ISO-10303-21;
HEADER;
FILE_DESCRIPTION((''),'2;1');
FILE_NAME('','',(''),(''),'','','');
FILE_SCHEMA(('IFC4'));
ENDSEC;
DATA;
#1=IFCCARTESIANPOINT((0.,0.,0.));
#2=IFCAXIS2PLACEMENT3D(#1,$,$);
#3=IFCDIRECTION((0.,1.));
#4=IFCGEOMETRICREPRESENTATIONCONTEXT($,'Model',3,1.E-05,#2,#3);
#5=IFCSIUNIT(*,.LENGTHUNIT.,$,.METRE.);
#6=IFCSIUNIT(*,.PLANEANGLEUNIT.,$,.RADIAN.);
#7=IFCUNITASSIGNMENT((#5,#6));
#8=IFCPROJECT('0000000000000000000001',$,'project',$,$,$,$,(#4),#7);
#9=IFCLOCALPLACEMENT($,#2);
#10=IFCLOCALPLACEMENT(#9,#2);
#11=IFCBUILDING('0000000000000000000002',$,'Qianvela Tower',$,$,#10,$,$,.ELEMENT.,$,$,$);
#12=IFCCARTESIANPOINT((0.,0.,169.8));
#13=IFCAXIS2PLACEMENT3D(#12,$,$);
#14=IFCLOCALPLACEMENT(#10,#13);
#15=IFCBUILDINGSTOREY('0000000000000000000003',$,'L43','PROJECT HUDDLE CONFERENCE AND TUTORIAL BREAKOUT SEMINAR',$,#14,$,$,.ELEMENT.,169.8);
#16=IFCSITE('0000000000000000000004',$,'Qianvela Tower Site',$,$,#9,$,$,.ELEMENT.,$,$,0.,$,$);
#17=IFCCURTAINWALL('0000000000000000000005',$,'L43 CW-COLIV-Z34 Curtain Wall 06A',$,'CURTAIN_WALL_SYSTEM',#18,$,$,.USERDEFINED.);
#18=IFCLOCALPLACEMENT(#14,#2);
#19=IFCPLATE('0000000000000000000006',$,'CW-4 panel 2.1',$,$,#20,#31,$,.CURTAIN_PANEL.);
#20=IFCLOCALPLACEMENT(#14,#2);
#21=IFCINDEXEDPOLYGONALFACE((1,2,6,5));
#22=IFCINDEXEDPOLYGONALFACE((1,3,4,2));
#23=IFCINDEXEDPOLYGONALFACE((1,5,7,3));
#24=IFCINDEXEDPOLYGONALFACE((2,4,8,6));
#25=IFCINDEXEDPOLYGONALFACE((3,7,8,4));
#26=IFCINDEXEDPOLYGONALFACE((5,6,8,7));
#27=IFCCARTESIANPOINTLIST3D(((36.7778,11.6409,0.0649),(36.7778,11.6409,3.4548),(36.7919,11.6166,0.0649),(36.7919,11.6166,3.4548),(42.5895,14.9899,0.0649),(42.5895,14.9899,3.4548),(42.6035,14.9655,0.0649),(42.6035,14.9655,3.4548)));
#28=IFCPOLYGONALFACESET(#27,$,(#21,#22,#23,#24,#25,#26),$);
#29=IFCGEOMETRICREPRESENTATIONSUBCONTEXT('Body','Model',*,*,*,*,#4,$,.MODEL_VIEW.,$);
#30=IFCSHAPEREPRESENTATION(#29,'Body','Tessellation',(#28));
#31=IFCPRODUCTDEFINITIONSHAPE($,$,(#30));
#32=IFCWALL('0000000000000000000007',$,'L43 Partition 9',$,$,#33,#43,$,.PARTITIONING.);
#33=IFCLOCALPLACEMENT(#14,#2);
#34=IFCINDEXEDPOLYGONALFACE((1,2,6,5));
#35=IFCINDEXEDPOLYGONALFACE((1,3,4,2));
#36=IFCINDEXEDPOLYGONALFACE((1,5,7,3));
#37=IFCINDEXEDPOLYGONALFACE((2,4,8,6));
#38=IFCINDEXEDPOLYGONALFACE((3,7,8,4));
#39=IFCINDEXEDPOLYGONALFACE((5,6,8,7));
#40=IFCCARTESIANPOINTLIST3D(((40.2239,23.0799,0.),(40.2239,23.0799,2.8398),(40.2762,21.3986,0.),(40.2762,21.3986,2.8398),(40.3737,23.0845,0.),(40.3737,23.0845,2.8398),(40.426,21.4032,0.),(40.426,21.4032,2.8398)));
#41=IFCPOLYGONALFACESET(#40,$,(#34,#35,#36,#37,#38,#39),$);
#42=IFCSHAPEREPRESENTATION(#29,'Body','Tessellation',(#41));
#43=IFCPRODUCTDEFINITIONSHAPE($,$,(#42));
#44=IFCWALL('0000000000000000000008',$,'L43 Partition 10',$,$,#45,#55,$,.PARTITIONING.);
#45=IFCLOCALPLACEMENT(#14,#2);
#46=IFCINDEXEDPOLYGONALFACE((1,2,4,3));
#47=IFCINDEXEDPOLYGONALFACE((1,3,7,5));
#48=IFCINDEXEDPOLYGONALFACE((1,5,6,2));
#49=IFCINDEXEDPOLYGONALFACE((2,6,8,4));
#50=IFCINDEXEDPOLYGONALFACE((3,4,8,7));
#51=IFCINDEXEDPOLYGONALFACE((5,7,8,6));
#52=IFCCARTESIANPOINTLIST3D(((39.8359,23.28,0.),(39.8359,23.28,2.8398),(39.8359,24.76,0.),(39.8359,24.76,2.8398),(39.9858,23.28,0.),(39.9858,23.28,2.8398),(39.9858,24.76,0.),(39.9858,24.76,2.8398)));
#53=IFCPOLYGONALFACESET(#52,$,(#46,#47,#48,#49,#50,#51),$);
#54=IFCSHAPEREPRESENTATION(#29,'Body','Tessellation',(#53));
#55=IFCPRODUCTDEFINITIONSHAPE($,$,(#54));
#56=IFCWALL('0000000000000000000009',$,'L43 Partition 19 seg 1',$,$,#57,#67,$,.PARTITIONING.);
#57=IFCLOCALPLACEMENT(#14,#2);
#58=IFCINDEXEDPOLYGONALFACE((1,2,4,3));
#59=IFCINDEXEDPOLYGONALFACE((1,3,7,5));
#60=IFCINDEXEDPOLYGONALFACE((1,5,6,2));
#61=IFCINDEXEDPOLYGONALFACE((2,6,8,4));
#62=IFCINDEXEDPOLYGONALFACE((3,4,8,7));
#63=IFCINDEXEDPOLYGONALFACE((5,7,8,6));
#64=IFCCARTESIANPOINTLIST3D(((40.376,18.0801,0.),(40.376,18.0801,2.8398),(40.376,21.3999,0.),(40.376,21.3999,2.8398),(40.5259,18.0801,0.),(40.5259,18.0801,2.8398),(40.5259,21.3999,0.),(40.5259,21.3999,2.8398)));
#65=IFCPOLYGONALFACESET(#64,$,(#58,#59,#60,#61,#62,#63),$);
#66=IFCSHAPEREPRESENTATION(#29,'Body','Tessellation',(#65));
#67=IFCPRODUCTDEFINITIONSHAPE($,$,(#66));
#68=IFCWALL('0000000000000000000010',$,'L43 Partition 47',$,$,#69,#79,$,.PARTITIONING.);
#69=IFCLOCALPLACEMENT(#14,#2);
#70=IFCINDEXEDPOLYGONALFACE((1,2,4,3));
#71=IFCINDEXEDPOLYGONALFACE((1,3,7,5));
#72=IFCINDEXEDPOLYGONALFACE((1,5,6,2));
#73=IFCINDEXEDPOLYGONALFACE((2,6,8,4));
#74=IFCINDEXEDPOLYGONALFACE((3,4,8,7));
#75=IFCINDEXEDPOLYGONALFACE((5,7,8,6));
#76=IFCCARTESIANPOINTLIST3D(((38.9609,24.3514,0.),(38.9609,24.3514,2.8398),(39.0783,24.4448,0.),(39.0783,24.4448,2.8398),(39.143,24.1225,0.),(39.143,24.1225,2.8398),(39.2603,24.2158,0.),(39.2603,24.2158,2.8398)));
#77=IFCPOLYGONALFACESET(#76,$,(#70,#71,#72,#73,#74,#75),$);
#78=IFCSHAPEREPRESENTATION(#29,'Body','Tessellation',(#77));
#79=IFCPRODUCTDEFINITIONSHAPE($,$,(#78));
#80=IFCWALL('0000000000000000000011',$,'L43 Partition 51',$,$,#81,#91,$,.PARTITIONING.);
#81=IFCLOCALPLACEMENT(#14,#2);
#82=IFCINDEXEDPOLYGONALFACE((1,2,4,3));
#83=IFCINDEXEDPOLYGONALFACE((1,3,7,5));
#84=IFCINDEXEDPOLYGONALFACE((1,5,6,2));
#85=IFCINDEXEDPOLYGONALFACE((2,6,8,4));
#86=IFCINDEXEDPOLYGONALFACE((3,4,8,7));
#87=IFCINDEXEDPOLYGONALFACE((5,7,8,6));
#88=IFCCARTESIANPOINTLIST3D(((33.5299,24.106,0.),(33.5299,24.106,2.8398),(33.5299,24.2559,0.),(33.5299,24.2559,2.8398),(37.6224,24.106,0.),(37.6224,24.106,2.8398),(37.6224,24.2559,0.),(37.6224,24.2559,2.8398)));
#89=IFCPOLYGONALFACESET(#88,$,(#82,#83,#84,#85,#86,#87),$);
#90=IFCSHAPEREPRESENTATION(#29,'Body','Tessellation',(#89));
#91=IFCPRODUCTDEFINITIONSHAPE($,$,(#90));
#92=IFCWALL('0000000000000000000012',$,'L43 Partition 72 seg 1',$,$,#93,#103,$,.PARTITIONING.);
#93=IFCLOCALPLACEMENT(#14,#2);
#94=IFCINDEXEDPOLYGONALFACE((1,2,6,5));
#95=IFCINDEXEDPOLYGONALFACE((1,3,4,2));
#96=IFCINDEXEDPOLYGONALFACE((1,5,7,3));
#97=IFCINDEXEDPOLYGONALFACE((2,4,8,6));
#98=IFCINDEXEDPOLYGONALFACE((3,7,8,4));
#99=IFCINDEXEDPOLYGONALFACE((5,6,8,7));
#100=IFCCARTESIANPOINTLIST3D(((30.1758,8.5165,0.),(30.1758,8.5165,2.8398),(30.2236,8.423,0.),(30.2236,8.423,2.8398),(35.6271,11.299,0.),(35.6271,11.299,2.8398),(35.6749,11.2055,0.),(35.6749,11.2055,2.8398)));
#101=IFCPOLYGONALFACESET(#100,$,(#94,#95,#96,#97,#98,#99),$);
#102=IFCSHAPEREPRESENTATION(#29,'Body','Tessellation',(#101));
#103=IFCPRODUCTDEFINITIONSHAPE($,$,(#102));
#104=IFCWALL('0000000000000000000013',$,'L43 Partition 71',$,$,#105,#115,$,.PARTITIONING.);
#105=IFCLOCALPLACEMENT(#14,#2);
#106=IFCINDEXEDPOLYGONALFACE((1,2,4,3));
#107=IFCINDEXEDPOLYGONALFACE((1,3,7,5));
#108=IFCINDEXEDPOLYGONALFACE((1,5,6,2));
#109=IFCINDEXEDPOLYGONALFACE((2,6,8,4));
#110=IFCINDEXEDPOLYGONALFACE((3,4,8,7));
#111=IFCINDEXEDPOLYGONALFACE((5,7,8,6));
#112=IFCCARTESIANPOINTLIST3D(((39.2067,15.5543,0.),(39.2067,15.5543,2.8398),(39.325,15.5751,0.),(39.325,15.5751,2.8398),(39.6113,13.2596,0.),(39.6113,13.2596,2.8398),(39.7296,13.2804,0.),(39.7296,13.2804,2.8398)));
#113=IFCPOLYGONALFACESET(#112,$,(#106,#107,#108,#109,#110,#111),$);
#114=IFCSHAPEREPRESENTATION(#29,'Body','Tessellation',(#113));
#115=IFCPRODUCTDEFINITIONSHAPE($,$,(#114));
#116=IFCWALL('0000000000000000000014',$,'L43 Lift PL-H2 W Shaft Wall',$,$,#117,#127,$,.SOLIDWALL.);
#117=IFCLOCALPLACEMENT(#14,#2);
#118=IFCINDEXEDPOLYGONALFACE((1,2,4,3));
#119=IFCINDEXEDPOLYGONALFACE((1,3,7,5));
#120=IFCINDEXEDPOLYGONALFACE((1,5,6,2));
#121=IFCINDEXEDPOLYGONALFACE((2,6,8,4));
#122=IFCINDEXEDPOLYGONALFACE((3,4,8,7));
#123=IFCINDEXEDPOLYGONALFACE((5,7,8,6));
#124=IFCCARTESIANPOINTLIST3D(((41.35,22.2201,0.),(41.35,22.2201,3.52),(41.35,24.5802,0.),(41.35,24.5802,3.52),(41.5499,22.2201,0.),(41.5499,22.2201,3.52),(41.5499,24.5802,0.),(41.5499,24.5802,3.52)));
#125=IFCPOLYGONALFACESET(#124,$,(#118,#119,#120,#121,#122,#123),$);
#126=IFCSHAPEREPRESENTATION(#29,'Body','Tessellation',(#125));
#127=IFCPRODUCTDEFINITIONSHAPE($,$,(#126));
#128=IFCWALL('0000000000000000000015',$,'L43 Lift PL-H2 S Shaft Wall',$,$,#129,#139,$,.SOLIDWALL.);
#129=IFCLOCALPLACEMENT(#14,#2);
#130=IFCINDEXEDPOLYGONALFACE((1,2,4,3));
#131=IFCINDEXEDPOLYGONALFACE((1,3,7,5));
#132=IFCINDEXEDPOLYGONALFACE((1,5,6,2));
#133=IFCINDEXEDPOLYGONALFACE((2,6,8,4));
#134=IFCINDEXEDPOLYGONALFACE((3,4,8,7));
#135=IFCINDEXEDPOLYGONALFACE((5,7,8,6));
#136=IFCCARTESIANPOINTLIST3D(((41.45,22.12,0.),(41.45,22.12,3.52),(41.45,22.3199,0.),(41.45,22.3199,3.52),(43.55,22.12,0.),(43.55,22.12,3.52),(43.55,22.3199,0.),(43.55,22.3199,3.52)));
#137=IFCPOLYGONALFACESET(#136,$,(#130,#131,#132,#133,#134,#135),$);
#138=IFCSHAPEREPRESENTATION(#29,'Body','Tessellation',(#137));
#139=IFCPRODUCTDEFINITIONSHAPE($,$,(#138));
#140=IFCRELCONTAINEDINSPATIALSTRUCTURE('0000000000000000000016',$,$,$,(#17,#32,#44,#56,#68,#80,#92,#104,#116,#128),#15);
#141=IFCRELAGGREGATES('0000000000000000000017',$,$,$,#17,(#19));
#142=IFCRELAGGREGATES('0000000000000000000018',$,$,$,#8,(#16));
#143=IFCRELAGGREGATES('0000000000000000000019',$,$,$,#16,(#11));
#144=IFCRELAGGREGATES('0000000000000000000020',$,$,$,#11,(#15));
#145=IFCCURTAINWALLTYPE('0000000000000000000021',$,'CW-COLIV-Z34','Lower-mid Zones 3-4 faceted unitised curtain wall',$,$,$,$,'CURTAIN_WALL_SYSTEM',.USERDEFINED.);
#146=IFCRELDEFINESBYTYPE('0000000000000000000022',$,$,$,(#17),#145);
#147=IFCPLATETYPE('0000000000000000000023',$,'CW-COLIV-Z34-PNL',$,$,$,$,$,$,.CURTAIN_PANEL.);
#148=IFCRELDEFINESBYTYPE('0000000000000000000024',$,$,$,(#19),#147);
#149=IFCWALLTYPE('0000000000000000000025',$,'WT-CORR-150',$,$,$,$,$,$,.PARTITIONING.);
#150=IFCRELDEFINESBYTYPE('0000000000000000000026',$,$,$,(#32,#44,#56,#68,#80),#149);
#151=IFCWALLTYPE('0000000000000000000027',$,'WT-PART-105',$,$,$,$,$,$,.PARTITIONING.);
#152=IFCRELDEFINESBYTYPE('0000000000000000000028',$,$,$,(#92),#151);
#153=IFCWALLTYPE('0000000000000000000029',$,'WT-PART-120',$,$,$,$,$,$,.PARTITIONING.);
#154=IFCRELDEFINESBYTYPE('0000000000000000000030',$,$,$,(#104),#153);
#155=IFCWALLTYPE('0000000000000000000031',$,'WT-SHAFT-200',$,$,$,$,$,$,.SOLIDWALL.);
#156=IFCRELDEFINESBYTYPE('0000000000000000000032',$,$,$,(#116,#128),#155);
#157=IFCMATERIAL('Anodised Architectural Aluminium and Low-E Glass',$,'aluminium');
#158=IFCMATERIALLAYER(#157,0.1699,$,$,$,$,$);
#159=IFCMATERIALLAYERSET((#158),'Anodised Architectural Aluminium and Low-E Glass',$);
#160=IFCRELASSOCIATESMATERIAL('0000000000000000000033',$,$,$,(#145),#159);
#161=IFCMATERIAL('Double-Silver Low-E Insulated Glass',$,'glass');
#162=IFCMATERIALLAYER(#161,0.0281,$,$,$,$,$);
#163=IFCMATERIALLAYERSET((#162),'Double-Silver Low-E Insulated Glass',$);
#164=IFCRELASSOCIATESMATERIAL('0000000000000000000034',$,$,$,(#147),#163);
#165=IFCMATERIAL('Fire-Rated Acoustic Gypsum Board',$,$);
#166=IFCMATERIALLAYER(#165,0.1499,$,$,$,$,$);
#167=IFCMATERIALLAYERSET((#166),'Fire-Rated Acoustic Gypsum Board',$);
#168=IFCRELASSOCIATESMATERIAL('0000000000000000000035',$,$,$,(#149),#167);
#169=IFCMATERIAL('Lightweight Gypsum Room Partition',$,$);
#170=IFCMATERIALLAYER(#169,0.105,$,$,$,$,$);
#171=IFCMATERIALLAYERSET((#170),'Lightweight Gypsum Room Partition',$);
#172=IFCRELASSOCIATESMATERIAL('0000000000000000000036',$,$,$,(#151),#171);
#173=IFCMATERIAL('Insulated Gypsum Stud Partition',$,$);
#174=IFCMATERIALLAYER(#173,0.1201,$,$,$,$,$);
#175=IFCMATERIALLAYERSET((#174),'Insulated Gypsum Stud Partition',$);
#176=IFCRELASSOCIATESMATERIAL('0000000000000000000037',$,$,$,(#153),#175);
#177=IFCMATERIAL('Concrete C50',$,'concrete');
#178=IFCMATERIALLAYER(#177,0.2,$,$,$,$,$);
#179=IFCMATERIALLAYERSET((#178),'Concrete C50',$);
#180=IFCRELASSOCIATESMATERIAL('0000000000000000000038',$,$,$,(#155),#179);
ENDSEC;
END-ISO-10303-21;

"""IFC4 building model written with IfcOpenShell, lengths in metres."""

from ifc_helpers import new_model, si_unit, direction, frame, frame_2d, origin, origin_2d, place, context, subcontext, project, spatial, rectangle, extrude, material, layer, layer_set, type_object, element, aggregate, save


model = new_model("IFC4")

# Units and contexts
model_context = context("Model", 3, precision=1e-05, world=origin(), true_north=direction((0.0, 1.0)))
body_context = subcontext(model_context, "Body", "Model", "MODEL_VIEW")
ifc_project = project(units=[si_unit("LENGTHUNIT", "METRE"), si_unit("PLANEANGLEUNIT", "RADIAN")], contexts=[model_context])

# Site, building, storey
site_placement = place(None, origin())
site = spatial("IfcSite", under=ifc_project, at=site_placement, Name="Qianvela Tower Site", CompositionType="ELEMENT", RefElevation=0.0)
building_placement = place(site_placement, origin())
building = spatial("IfcBuilding", under=site, at=building_placement, Name="Qianvela Tower", CompositionType="ELEMENT")
storey_placement = place(building_placement, frame((0.0, 0.0, 169.8)))
storey = spatial("IfcBuildingStorey", under=building, at=storey_placement, Name="L43", Description="PROJECT HUDDLE CONFERENCE AND TUTORIAL BREAKOUT SEMINAR", CompositionType="ELEMENT", Elevation=169.8)

# Curtain wall, plate
ifc_material_1 = material(Name="Anodised Architectural Aluminium and Low-E Glass", Category="aluminium")
ifc_layer_1 = layer(ifc_material_1, 0.1699)
ifc_layer_set_1 = layer_set([ifc_layer_1], Name="Anodised Architectural Aluminium and Low-E Glass")
curtain_wall_type = type_object("IfcCurtainWallType", Name="CW-COLIV-Z34", Description="Lower-mid Zones 3-4 faceted unitised curtain wall", ElementType="CURTAIN_WALL_SYSTEM", PredefinedType="USERDEFINED", material=ifc_layer_set_1)
curtain_wall_placement = place(storey_placement, origin())
curtain_wall = element("IfcCurtainWall", 1, at=curtain_wall_placement, inside=storey, type_object=curtain_wall_type, Name="L43 CW-COLIV-Z34 Curtain Wall 06A", ObjectType="CURTAIN_WALL_SYSTEM", PredefinedType="USERDEFINED")
ifc_material_2 = material(Name="Double-Silver Low-E Insulated Glass", Category="glass")
ifc_layer_2 = layer(ifc_material_2, 0.0281)
ifc_layer_set_2 = layer_set([ifc_layer_2], Name="Double-Silver Low-E Insulated Glass")
plate_type = type_object("IfcPlateType", Name="CW-COLIV-Z34-PNL", PredefinedType="CURTAIN_PANEL", material=ifc_layer_set_2)
plate_1_placement = place(storey_placement, frame((39.6907, 13.3032, 0.0649), z_axis=(0.0, 0.0, 1.0), x_axis=(0.866436, 0.499287, 0.0)))
plate_1 = element("IfcPlate", 2, at=plate_1_placement, type_object=plate_type, Name="CW-4 panel 2.1", PredefinedType="CURTAIN_PANEL", context=body_context, shape_type="SweptSolid", body=[
    extrude(rectangle(XDim=6.7075, YDim=0.0281, at=origin_2d()), origin(), (0.0, 0.0, 1.0), 3.3899),
])
aggregate(curtain_wall, [plate_1])

# Shared definitions
ifc_material_3 = material(Name="Fire-Rated Acoustic Gypsum Board")
ifc_layer_3 = layer(ifc_material_3, 0.1499)
ifc_layer_set_3 = layer_set([ifc_layer_3], Name="Fire-Rated Acoustic Gypsum Board")
wall_type_1 = type_object("IfcWallType", Name="WT-CORR-150", PredefinedType="PARTITIONING", material=ifc_layer_set_3)

# Walls
wall_1_placement = place(storey_placement, frame((40.3511, 21.4009, 0.0), z_axis=(0.0, 0.0, 1.0), x_axis=(-0.031058, 0.999518, 0.0)))
element("IfcWall", 3, at=wall_1_placement, inside=storey, type_object=wall_type_1, Name="L43 Partition 9", PredefinedType="PARTITIONING", context=body_context, shape_type="SweptSolid", body=[
    extrude(rectangle(XDim=1.6821, YDim=0.1499, at=frame_2d((0.8411, 0.0))), origin(), (0.0, 0.0, 1.0), 2.8398),
])
wall_2_placement = place(storey_placement, frame((39.9109, 23.28, 0.0), z_axis=(0.0, 0.0, 1.0), x_axis=(0.0, 1.0, 0.0)))
element("IfcWall", 4, at=wall_2_placement, inside=storey, type_object=wall_type_1, Name="L43 Partition 10", PredefinedType="PARTITIONING", context=body_context, shape_type="SweptSolid", body=[
    extrude(rectangle(XDim=1.48, YDim=0.1499, at=frame_2d((0.74, 0.0))), origin(), (0.0, 0.0, 1.0), 2.8398),
])
wall_3_placement = place(storey_placement, frame((40.4509, 18.0801, 0.0), z_axis=(0.0, 0.0, 1.0), x_axis=(0.0, 1.0, 0.0)))
element("IfcWall", 5, at=wall_3_placement, inside=storey, type_object=wall_type_1, Name="L43 Partition 19 seg 1", PredefinedType="PARTITIONING", context=body_context, shape_type="SweptSolid", body=[
    extrude(rectangle(XDim=3.3198, YDim=0.1499, at=frame_2d((1.6599, 0.0))), origin(), (0.0, 0.0, 1.0), 2.8398),
])
wall_4_placement = place(storey_placement, frame((39.2017, 24.1692, 0.0), z_axis=(0.0, 0.0, 1.0), x_axis=(-0.622454, 0.782656, 0.0)))
element("IfcWall", 6, at=wall_4_placement, inside=storey, type_object=wall_type_1, Name="L43 Partition 47", PredefinedType="PARTITIONING", context=body_context, shape_type="SweptSolid", body=[
    extrude(rectangle(XDim=0.2925, YDim=0.1499, at=frame_2d((0.1462, 0.0))), origin(), (0.0, 0.0, 1.0), 2.8398),
])
wall_5_placement = place(storey_placement, frame((37.6226, 24.1809, 0.0), z_axis=(0.0, 0.0, 1.0), x_axis=(-1.0, 0.0, 0.0)))
element("IfcWall", 7, at=wall_5_placement, inside=storey, type_object=wall_type_1, Name="L43 Partition 51", PredefinedType="PARTITIONING", context=body_context, shape_type="SweptSolid", body=[
    extrude(rectangle(XDim=4.0925, YDim=0.1499, at=frame_2d((2.0464, 0.0))), origin(), (0.0, 0.0, 1.0), 2.8398),
])
ifc_material_4 = material(Name="Lightweight Gypsum Room Partition")
ifc_layer_4 = layer(ifc_material_4, 0.105)
ifc_layer_set_4 = layer_set([ifc_layer_4], Name="Lightweight Gypsum Room Partition")
wall_type_2 = type_object("IfcWallType", Name="WT-PART-105", PredefinedType="PARTITIONING", material=ifc_layer_set_4)
wall_6_placement = place(storey_placement, frame((35.6509, 11.2522, 0.0), z_axis=(0.0, 0.0, 1.0), x_axis=(-0.890678, -0.454634, 0.0)))
element("IfcWall", 8, at=wall_6_placement, inside=storey, type_object=wall_type_2, Name="L43 Partition 72 seg 1", PredefinedType="PARTITIONING", context=body_context, shape_type="SweptSolid", body=[
    extrude(rectangle(XDim=6.1204, YDim=0.105, at=frame_2d((3.0601, 0.0))), origin(), (0.0, 0.0, 1.0), 2.8398),
])
ifc_material_5 = material(Name="Insulated Gypsum Stud Partition")
ifc_layer_5 = layer(ifc_material_5, 0.1201)
ifc_layer_set_5 = layer_set([ifc_layer_5], Name="Insulated Gypsum Stud Partition")
wall_type_3 = type_object("IfcWallType", Name="WT-PART-120", PredefinedType="PARTITIONING", material=ifc_layer_set_5)
wall_7_placement = place(storey_placement, frame((39.2659, 15.5647, 0.0), z_axis=(0.0, 0.0, 1.0), x_axis=(0.173618, -0.984813, 0.0)))
element("IfcWall", 9, at=wall_7_placement, inside=storey, type_object=wall_type_3, Name="L43 Partition 71", PredefinedType="PARTITIONING", context=body_context, shape_type="SweptSolid", body=[
    extrude(rectangle(XDim=2.3301, YDim=0.1201, at=frame_2d((1.165, 0.0))), origin(), (0.0, 0.0, 1.0), 2.8398),
])
ifc_material_6 = material(Name="Concrete C50", Category="concrete")
ifc_layer_6 = layer(ifc_material_6, 0.2)
ifc_layer_set_6 = layer_set([ifc_layer_6], Name="Concrete C50")
wall_type_4 = type_object("IfcWallType", Name="WT-SHAFT-200", PredefinedType="SOLIDWALL", material=ifc_layer_set_6)
wall_8_placement = place(storey_placement, frame((41.45, 22.22, 0.0), z_axis=(0.0, 0.0, 1.0), x_axis=(0.0, 1.0, 0.0)))
element("IfcWall", 10, at=wall_8_placement, inside=storey, type_object=wall_type_4, Name="L43 Lift PL-H2 W Shaft Wall", PredefinedType="SOLIDWALL", context=body_context, shape_type="SweptSolid", body=[
    extrude(rectangle(XDim=2.3601, YDim=0.2, at=frame_2d((1.1802, 0.0))), origin(), (0.0, 0.0, 1.0), 3.52),
])
wall_9_placement = place(storey_placement, frame((41.45, 22.22, 0.0), z_axis=(0.0, 0.0, 1.0), x_axis=(1.0, 0.0, 0.0)))
element("IfcWall", 11, at=wall_9_placement, inside=storey, type_object=wall_type_4, Name="L43 Lift PL-H2 S Shaft Wall", PredefinedType="SOLIDWALL", context=body_context, shape_type="SweptSolid", body=[
    extrude(rectangle(XDim=2.1001, YDim=0.2, at=frame_2d((1.05, 0.0))), origin(), (0.0, 0.0, 1.0), 3.52),
])

save(model, "model.ifc")
